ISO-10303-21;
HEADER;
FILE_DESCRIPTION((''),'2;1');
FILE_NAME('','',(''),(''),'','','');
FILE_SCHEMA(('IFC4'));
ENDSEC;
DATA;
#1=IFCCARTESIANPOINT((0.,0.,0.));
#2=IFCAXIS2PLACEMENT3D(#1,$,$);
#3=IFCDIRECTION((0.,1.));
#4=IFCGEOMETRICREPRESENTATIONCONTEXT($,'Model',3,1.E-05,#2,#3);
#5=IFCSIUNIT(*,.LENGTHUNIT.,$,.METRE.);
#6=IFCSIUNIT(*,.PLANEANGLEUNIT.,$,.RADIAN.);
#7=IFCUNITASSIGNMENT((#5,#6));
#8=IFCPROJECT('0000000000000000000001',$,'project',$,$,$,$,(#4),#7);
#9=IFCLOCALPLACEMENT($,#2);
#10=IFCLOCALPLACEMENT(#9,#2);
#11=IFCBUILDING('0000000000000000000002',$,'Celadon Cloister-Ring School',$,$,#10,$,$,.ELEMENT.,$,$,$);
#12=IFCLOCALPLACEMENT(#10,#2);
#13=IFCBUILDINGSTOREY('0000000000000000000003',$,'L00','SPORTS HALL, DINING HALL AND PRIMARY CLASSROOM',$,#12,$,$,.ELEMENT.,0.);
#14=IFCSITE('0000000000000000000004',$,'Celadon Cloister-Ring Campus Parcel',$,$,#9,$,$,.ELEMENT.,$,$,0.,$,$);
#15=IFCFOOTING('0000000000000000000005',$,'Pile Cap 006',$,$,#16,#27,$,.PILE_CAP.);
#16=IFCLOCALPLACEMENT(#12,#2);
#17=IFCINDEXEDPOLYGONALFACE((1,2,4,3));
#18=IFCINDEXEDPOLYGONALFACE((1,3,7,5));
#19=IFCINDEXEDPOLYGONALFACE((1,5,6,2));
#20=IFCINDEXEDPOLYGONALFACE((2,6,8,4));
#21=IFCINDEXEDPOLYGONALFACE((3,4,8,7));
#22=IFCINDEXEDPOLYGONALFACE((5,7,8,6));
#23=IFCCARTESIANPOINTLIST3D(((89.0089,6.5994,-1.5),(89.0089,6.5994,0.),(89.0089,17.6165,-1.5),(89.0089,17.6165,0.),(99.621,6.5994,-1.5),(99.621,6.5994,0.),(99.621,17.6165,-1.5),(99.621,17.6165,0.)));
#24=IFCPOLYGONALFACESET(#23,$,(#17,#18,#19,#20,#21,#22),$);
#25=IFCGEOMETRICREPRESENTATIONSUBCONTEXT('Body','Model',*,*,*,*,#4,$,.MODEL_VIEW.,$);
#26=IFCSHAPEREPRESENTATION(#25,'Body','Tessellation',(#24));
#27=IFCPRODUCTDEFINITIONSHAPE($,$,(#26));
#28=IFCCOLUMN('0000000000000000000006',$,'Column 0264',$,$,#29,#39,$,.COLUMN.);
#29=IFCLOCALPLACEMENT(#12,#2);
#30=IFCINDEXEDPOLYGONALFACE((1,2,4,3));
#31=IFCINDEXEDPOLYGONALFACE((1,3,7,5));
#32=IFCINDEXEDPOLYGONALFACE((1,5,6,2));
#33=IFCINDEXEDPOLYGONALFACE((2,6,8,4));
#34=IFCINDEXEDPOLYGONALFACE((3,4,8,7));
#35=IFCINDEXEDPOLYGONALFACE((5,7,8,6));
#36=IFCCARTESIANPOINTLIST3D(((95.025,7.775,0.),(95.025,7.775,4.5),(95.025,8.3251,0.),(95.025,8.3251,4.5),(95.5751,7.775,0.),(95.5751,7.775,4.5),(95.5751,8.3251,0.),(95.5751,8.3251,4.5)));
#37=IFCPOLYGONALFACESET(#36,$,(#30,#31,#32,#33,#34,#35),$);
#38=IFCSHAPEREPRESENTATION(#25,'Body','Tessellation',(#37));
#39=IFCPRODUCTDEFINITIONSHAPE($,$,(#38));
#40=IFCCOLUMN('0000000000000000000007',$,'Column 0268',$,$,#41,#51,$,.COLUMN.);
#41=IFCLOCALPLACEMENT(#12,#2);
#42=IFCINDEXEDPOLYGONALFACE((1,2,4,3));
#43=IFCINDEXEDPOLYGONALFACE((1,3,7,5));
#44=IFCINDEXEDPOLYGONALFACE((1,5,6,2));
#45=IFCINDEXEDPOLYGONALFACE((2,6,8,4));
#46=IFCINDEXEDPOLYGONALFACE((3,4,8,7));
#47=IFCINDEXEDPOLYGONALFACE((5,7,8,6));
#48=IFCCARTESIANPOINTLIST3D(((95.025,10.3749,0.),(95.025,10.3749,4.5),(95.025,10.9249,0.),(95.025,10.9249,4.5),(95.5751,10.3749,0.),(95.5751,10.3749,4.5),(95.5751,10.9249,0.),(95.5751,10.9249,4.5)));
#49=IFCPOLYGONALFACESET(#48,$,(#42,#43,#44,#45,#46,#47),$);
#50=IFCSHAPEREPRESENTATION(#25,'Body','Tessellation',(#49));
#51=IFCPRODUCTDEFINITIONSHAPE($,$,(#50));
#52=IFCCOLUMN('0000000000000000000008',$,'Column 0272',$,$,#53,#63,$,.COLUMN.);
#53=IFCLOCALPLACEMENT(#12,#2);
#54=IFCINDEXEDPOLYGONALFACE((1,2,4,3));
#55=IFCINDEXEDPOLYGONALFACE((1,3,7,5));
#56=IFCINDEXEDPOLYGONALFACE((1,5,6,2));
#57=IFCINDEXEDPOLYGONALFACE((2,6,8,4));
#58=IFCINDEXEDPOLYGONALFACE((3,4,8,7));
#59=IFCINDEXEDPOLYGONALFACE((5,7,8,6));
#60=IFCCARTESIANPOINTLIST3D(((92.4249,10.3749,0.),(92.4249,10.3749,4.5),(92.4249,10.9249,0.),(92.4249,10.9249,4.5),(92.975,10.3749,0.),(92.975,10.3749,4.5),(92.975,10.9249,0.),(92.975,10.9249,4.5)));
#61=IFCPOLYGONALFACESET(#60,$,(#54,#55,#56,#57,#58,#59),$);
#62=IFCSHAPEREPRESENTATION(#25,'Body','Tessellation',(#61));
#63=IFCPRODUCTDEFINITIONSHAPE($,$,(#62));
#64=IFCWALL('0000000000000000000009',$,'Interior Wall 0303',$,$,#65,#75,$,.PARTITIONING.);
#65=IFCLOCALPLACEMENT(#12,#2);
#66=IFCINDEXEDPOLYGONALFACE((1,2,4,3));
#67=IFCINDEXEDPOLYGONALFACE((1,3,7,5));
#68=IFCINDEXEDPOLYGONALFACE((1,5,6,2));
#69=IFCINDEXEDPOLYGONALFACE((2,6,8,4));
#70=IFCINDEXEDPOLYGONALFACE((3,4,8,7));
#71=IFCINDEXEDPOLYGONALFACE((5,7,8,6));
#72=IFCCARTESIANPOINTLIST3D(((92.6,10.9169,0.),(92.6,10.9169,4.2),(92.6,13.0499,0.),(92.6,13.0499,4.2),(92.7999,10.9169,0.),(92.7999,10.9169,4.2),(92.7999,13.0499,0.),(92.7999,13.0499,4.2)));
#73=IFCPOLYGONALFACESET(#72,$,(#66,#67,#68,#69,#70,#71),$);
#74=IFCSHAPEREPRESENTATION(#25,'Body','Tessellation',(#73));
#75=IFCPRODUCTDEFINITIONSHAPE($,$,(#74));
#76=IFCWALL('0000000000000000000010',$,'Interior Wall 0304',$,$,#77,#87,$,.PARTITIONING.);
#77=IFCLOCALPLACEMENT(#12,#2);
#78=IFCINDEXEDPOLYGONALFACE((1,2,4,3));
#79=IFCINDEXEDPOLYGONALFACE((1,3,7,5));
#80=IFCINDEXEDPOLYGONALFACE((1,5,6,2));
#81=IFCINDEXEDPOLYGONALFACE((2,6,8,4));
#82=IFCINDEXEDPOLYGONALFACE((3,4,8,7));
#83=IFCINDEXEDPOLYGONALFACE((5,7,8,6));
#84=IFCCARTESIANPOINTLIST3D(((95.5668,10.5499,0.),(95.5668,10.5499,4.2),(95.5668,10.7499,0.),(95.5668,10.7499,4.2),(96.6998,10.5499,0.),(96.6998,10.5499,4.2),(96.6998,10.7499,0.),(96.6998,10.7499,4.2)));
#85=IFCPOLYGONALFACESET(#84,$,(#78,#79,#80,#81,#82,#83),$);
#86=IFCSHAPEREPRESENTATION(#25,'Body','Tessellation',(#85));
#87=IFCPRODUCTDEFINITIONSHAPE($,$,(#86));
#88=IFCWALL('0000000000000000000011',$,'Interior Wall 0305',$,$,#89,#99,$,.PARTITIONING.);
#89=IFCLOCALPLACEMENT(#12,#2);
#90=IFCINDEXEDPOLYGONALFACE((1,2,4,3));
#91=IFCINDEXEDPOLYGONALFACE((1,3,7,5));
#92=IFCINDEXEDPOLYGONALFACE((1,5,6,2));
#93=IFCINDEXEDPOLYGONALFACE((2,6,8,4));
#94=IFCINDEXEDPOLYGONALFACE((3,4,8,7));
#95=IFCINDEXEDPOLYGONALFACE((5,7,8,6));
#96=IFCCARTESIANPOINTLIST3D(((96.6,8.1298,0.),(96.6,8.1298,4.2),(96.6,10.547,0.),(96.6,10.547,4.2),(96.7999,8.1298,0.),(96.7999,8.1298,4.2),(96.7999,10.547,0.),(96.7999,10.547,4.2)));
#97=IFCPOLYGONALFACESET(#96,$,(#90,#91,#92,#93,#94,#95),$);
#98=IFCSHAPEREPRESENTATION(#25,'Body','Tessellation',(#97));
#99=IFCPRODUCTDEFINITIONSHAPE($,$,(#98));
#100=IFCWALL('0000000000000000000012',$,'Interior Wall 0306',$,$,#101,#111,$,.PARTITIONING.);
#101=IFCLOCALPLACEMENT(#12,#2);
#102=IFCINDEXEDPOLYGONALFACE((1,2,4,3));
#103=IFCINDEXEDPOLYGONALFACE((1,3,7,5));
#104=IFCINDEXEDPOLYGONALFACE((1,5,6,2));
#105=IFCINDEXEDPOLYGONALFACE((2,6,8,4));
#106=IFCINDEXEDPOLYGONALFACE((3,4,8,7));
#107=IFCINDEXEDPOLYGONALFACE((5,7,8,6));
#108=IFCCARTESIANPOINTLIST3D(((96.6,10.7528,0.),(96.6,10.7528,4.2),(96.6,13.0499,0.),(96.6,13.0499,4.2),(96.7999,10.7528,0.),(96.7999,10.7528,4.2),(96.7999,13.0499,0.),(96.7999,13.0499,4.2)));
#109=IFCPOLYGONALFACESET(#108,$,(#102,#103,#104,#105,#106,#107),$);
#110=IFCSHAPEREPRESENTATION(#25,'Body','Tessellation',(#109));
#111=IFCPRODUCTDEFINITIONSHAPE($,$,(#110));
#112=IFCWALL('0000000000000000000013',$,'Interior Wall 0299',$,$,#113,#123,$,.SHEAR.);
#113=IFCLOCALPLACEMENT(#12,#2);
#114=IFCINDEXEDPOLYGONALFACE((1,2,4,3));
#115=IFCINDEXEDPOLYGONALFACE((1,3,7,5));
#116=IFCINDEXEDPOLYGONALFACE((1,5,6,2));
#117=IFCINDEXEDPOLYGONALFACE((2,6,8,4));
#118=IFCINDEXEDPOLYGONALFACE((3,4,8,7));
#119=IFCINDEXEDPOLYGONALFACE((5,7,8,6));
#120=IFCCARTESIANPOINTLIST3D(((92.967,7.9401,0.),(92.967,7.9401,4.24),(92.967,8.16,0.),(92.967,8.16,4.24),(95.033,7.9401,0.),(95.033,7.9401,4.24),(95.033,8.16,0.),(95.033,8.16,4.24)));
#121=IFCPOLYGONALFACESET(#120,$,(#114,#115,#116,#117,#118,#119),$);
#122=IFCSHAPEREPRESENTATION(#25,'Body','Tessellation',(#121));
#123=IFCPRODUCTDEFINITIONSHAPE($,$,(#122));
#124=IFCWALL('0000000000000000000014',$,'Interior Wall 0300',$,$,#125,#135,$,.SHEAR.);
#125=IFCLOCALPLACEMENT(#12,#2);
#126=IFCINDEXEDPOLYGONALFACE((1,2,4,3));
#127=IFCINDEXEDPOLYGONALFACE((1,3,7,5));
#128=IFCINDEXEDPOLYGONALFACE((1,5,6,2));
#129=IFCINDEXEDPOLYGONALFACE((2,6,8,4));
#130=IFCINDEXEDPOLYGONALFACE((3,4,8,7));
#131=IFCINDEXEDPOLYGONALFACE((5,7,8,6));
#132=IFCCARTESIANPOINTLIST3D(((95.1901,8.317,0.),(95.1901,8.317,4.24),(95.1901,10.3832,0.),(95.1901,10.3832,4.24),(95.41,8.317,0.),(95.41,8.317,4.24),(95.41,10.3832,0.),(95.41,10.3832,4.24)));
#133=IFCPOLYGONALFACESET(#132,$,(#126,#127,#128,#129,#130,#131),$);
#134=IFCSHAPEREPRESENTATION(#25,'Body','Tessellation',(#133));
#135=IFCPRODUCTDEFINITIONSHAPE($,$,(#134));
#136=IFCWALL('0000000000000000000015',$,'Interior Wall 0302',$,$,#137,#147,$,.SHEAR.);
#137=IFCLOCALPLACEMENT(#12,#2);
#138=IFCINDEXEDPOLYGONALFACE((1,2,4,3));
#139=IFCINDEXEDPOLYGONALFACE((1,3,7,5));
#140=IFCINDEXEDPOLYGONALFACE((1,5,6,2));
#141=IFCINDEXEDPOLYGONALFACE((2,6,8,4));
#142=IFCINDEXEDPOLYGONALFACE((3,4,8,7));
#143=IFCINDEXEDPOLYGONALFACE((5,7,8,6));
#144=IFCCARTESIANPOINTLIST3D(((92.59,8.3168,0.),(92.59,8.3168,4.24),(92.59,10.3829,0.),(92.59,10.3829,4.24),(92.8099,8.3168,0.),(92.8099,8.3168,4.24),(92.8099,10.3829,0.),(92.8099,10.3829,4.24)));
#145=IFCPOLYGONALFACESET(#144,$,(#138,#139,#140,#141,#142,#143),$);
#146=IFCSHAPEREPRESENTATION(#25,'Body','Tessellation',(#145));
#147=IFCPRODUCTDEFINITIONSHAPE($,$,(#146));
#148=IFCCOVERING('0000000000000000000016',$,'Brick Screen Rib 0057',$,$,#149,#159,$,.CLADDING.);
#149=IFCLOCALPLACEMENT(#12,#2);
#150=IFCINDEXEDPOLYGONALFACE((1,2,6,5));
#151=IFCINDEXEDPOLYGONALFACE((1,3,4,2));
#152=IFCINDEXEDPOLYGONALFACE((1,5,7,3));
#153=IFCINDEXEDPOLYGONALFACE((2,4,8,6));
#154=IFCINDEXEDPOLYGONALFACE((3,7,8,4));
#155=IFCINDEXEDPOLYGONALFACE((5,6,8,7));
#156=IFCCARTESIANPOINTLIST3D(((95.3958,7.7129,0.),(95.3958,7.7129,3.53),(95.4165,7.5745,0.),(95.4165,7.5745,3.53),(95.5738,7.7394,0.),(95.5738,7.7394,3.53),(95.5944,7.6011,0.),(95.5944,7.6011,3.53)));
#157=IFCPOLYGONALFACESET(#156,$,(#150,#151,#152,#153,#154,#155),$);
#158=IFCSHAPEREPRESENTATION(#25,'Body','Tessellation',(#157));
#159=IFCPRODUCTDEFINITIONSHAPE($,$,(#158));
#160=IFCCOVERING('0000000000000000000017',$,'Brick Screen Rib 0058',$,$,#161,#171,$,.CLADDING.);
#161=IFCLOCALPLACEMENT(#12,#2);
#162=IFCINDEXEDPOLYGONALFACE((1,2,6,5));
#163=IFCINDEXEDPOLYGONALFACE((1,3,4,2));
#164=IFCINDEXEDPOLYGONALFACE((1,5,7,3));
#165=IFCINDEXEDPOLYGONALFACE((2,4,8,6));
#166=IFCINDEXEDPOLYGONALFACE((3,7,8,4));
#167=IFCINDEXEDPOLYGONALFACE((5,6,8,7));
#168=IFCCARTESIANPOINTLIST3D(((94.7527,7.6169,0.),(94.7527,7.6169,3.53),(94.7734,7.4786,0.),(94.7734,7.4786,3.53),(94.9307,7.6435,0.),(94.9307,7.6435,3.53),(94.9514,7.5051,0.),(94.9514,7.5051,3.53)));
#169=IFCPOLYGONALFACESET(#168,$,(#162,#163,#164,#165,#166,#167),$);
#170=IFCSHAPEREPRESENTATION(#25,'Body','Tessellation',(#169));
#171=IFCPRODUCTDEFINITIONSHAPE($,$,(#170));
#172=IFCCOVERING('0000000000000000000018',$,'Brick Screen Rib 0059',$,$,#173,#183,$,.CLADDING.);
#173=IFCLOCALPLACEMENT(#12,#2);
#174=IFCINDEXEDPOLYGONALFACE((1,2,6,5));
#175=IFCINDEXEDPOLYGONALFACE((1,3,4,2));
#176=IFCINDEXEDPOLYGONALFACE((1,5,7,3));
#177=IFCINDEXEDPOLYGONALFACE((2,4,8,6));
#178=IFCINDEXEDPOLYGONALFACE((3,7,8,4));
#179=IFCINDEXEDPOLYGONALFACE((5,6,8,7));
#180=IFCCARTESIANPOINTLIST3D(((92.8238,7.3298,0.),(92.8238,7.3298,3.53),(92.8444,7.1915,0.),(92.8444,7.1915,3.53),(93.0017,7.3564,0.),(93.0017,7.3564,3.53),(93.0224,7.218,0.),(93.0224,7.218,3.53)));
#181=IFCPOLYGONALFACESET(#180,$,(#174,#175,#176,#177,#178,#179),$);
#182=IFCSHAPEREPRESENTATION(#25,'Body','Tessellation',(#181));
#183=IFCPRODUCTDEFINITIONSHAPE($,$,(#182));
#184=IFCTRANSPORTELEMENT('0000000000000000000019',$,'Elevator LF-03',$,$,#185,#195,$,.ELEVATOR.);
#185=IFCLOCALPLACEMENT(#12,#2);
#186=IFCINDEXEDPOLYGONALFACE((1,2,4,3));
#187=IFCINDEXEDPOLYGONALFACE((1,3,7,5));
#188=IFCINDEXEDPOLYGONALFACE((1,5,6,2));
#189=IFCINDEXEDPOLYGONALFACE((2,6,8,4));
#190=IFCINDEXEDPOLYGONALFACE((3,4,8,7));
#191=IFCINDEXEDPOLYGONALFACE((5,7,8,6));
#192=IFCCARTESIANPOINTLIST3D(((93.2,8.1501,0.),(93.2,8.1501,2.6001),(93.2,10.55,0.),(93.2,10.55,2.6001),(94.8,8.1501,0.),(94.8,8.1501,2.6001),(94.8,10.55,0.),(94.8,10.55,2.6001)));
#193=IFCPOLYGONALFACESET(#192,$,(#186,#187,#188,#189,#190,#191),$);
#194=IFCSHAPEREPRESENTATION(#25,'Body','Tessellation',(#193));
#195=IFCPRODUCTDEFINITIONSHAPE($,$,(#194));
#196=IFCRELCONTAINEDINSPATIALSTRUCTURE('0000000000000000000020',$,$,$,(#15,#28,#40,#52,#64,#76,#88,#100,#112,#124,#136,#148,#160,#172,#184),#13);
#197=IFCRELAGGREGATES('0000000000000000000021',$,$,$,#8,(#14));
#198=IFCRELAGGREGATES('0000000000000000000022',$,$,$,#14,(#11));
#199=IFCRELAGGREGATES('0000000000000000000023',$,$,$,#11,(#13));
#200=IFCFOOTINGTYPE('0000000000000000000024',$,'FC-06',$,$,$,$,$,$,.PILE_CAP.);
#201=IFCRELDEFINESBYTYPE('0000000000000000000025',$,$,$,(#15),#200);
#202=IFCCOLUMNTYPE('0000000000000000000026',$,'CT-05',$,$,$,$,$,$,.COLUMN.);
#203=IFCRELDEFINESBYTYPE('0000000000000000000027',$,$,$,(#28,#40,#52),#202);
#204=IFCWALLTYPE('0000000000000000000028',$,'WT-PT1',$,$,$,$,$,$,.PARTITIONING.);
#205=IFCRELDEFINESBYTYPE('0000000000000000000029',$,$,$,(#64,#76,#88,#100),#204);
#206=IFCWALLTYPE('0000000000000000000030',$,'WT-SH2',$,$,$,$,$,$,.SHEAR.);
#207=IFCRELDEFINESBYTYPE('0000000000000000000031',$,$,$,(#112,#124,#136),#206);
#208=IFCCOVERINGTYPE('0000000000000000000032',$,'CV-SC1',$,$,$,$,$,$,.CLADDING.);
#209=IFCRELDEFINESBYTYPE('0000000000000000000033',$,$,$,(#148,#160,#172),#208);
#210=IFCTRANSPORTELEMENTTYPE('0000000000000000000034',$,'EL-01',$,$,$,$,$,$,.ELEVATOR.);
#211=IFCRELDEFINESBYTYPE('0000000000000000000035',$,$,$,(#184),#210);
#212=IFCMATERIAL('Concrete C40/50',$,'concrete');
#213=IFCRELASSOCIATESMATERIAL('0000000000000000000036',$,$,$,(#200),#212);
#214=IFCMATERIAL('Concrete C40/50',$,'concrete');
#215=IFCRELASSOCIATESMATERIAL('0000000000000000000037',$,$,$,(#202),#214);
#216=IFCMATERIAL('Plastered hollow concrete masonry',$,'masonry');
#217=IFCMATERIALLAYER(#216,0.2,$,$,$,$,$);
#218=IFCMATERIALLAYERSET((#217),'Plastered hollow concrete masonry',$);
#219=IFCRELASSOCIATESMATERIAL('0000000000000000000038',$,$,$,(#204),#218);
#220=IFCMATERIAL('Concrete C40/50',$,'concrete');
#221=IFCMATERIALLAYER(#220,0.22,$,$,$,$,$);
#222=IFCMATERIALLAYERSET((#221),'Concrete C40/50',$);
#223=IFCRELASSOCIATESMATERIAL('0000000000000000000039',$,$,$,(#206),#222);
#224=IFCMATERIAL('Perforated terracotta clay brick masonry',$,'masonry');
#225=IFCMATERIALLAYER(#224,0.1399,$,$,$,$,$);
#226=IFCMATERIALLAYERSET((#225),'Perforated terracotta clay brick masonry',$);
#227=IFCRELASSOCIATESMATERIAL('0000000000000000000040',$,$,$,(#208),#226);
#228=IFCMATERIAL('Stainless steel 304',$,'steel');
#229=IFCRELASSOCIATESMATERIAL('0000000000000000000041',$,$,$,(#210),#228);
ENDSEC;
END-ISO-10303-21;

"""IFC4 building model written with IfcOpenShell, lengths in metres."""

from ifc_helpers import new_model, si_unit, direction, frame, frame_2d, origin, origin_2d, place, context, subcontext, project, spatial, rectangle, extrude, material, layer, layer_set, material_profile, profile_set, type_object, element, save


model = new_model("IFC4")

# Units and contexts
model_context = context("Model", 3, precision=1e-05, world=origin(), true_north=direction((0.0, 1.0)))
body_context = subcontext(model_context, "Body", "Model", "MODEL_VIEW")
ifc_project = project(units=[si_unit("LENGTHUNIT", "METRE"), si_unit("PLANEANGLEUNIT", "RADIAN")], contexts=[model_context])

# Site, building, storey
site_placement = place(None, origin())
site = spatial("IfcSite", under=ifc_project, at=site_placement, Name="Celadon Cloister-Ring Campus Parcel", CompositionType="ELEMENT", RefElevation=0.0)
building_placement = place(site_placement, origin())
building = spatial("IfcBuilding", under=site, at=building_placement, Name="Celadon Cloister-Ring School", CompositionType="ELEMENT")
storey_placement = place(building_placement, origin())
storey = spatial("IfcBuildingStorey", under=building, at=storey_placement, Name="L00", Description="SPORTS HALL, DINING HALL AND PRIMARY CLASSROOM", CompositionType="ELEMENT", Elevation=0.0)

# Footing
ifc_material_1 = material(Name="Concrete C40/50", Category="concrete")
footing_type = type_object("IfcFootingType", Name="FC-06", PredefinedType="PILE_CAP", material=ifc_material_1)
footing_placement = place(storey_placement, frame((94.3149, 12.1079, -1.5), z_axis=(0.0, 0.0, 1.0), x_axis=(1.0, 0.0, 0.0)))
element("IfcFooting", 1, at=footing_placement, inside=storey, type_object=footing_type, Name="Pile Cap 006", PredefinedType="PILE_CAP", context=body_context, shape_type="SweptSolid", body=[
    extrude(rectangle(XDim=10.6121, YDim=11.0171, at=origin_2d()), origin(), (0.0, 0.0, 1.0), 1.5),
])

# Columns
ifc_material_2 = material(Name="Concrete C40/50", Category="concrete")
ifc_material_profile = material_profile(ifc_material_2, rectangle(XDim=0.55, YDim=0.55, at=origin_2d()), Name="RC550X550")
ifc_profile_set = profile_set([ifc_material_profile], Name="Concrete C40/50")
column_type = type_object("IfcColumnType", Name="CT-05", PredefinedType="COLUMN", material=ifc_profile_set)
for number, where, z_axis, x_axis, name in (
    (2, (95.3, 8.05, 0.0), (0.0, 0.0, 1.0), (1.0, 0.0, 0.0), "Column 0264"),
    (3, (95.3, 10.6499, 0.0), (0.0, 0.0, 1.0), (1.0, 0.0, 0.0), "Column 0268"),
    (4, (92.7, 10.6499, 0.0), (0.0, 0.0, 1.0), (1.0, 0.0, 0.0), "Column 0272"),
):
    element("IfcColumn", number, at=place(storey_placement, frame(where, z_axis=z_axis, x_axis=x_axis)), inside=storey, type_object=column_type, Name=name, PredefinedType="COLUMN", context=body_context, shape_type="SweptSolid", body=[
        extrude(rectangle(XDim=0.55, YDim=0.55, at=origin_2d()), origin(), (0.0, 0.0, 1.0), 4.5),
    ])

# Walls
ifc_material_3 = material(Name="Plastered hollow concrete masonry", Category="masonry")
ifc_layer_1 = layer(ifc_material_3, 0.2)
ifc_layer_set_1 = layer_set([ifc_layer_1], Name="Plastered hollow concrete masonry")
wall_type_1 = type_object("IfcWallType", Name="WT-PT1", PredefinedType="PARTITIONING", material=ifc_layer_set_1)
wall_1_placement = place(storey_placement, frame((92.7, 10.917, 0.0), z_axis=(0.0, 0.0, 1.0), x_axis=(0.0, 1.0, 0.0)))
element("IfcWall", 5, at=wall_1_placement, inside=storey, type_object=wall_type_1, Name="Interior Wall 0303", PredefinedType="PARTITIONING", context=body_context, shape_type="SweptSolid", body=[
    extrude(rectangle(XDim=2.1331, YDim=0.2, at=frame_2d((1.0664, 0.0))), origin(), (0.0, 0.0, 1.0), 4.2),
])
wall_2_placement = place(storey_placement, frame((95.5669, 10.6499, 0.0), z_axis=(0.0, 0.0, 1.0), x_axis=(1.0, 0.0, 0.0)))
element("IfcWall", 6, at=wall_2_placement, inside=storey, type_object=wall_type_1, Name="Interior Wall 0304", PredefinedType="PARTITIONING", context=body_context, shape_type="SweptSolid", body=[
    extrude(rectangle(XDim=1.1331, YDim=0.2, at=frame_2d((0.5664, 0.0))), origin(), (0.0, 0.0, 1.0), 4.2),
])
wall_3_placement = place(storey_placement, frame((96.7, 8.1299, 0.0), z_axis=(0.0, 0.0, 1.0), x_axis=(0.0, 1.0, 0.0)))
element("IfcWall", 7, at=wall_3_placement, inside=storey, type_object=wall_type_1, Name="Interior Wall 0305", PredefinedType="PARTITIONING", context=body_context, shape_type="SweptSolid", body=[
    extrude(rectangle(XDim=2.4172, YDim=0.2, at=frame_2d((1.2085, 0.0))), origin(), (0.0, 0.0, 1.0), 4.2),
])
wall_4_placement = place(storey_placement, frame((96.7, 10.7529, 0.0), z_axis=(0.0, 0.0, 1.0), x_axis=(0.0, 1.0, 0.0)))
element("IfcWall", 8, at=wall_4_placement, inside=storey, type_object=wall_type_1, Name="Interior Wall 0306", PredefinedType="PARTITIONING", context=body_context, shape_type="SweptSolid", body=[
    extrude(rectangle(XDim=2.2971, YDim=0.2, at=frame_2d((1.1484, 0.0))), origin(), (0.0, 0.0, 1.0), 4.2),
])
ifc_material_4 = material(Name="Concrete C40/50", Category="concrete")
ifc_layer_2 = layer(ifc_material_4, 0.22)
ifc_layer_set_2 = layer_set([ifc_layer_2], Name="Concrete C40/50")
wall_type_2 = type_object("IfcWallType", Name="WT-SH2", PredefinedType="SHEAR", material=ifc_layer_set_2)
wall_5_placement = place(storey_placement, frame((92.967, 8.05, 0.0), z_axis=(0.0, 0.0, 1.0), x_axis=(1.0, 0.0, 0.0)))
element("IfcWall", 9, at=wall_5_placement, inside=storey, type_object=wall_type_2, Name="Interior Wall 0299", PredefinedType="SHEAR", context=body_context, shape_type="SweptSolid", body=[
    extrude(rectangle(XDim=2.0659, YDim=0.22, at=frame_2d((1.033, 0.0))), origin(), (0.0, 0.0, 1.0), 4.24),
])
wall_6_placement = place(storey_placement, frame((95.3, 8.3169, 0.0), z_axis=(0.0, 0.0, 1.0), x_axis=(0.0, 1.0, 0.0)))
element("IfcWall", 10, at=wall_6_placement, inside=storey, type_object=wall_type_2, Name="Interior Wall 0300", PredefinedType="SHEAR", context=body_context, shape_type="SweptSolid", body=[
    extrude(rectangle(XDim=2.0662, YDim=0.22, at=frame_2d((1.0332, 0.0))), origin(), (0.0, 0.0, 1.0), 4.24),
])

# Wall
wall_7_placement = place(storey_placement, frame((92.7, 10.3831, 0.0), z_axis=(0.0, 0.0, 1.0), x_axis=(0.0, -1.0, 0.0)))
element("IfcWall", 11, at=wall_7_placement, inside=storey, type_object=wall_type_2, Name="Interior Wall 0302", PredefinedType="SHEAR", context=body_context, shape_type="SweptSolid", body=[
    extrude(rectangle(XDim=2.0662, YDim=0.22, at=frame_2d((1.0332, 0.0))), origin(), (0.0, 0.0, 1.0), 4.24),
])

# Coverings
ifc_material_5 = material(Name="Perforated terracotta clay brick masonry", Category="masonry")
ifc_layer_3 = layer(ifc_material_5, 0.1399)
ifc_layer_set_3 = layer_set([ifc_layer_3], Name="Perforated terracotta clay brick masonry")
covering_type = type_object("IfcCoveringType", Name="CV-SC1", PredefinedType="CLADDING", material=ifc_layer_set_3)
for number, where, z_axis, x_axis, name in (
    (12, (95.4951, 7.657, 0.0), (0.0, 0.0, 1.0), (-0.989042, -0.147637, 0.0), "Brick Screen Rib 0057"),
    (13, (94.8521, 7.561, 0.0), (0.0, 0.0, 1.0), (-0.989042, -0.147637, 0.0), "Brick Screen Rib 0058"),
    (14, (92.9231, 7.2739, 0.0), (0.0, 0.0, 1.0), (-0.989042, -0.147637, 0.0), "Brick Screen Rib 0059"),
):
    element("IfcCovering", number, at=place(storey_placement, frame(where, z_axis=z_axis, x_axis=x_axis)), inside=storey, type_object=covering_type, Name=name, PredefinedType="CLADDING", context=body_context, shape_type="SweptSolid", body=[
        extrude(rectangle(XDim=0.1799, YDim=0.1399, at=origin_2d()), origin(), (0.0, 0.0, 1.0), 3.53),
    ])

# Transport element
ifc_material_6 = material(Name="Stainless steel 304", Category="steel")
transport_element_type = type_object("IfcTransportElementType", Name="EL-01", PredefinedType="ELEVATOR", material=ifc_material_6)
transport_element_placement = place(storey_placement, frame((94.0, 9.3501, 0.0), z_axis=(0.0, 0.0, 1.0), x_axis=(1.0, 0.0, 0.0)))
element("IfcTransportElement", 15, at=transport_element_placement, inside=storey, type_object=transport_element_type, Name="Elevator LF-03", PredefinedType="ELEVATOR", context=body_context, shape_type="SweptSolid", body=[
    extrude(rectangle(XDim=1.6001, YDim=2.3999, at=origin_2d()), origin(), (0.0, 0.0, 1.0), 2.6001),
])

save(model, "model.ifc")
